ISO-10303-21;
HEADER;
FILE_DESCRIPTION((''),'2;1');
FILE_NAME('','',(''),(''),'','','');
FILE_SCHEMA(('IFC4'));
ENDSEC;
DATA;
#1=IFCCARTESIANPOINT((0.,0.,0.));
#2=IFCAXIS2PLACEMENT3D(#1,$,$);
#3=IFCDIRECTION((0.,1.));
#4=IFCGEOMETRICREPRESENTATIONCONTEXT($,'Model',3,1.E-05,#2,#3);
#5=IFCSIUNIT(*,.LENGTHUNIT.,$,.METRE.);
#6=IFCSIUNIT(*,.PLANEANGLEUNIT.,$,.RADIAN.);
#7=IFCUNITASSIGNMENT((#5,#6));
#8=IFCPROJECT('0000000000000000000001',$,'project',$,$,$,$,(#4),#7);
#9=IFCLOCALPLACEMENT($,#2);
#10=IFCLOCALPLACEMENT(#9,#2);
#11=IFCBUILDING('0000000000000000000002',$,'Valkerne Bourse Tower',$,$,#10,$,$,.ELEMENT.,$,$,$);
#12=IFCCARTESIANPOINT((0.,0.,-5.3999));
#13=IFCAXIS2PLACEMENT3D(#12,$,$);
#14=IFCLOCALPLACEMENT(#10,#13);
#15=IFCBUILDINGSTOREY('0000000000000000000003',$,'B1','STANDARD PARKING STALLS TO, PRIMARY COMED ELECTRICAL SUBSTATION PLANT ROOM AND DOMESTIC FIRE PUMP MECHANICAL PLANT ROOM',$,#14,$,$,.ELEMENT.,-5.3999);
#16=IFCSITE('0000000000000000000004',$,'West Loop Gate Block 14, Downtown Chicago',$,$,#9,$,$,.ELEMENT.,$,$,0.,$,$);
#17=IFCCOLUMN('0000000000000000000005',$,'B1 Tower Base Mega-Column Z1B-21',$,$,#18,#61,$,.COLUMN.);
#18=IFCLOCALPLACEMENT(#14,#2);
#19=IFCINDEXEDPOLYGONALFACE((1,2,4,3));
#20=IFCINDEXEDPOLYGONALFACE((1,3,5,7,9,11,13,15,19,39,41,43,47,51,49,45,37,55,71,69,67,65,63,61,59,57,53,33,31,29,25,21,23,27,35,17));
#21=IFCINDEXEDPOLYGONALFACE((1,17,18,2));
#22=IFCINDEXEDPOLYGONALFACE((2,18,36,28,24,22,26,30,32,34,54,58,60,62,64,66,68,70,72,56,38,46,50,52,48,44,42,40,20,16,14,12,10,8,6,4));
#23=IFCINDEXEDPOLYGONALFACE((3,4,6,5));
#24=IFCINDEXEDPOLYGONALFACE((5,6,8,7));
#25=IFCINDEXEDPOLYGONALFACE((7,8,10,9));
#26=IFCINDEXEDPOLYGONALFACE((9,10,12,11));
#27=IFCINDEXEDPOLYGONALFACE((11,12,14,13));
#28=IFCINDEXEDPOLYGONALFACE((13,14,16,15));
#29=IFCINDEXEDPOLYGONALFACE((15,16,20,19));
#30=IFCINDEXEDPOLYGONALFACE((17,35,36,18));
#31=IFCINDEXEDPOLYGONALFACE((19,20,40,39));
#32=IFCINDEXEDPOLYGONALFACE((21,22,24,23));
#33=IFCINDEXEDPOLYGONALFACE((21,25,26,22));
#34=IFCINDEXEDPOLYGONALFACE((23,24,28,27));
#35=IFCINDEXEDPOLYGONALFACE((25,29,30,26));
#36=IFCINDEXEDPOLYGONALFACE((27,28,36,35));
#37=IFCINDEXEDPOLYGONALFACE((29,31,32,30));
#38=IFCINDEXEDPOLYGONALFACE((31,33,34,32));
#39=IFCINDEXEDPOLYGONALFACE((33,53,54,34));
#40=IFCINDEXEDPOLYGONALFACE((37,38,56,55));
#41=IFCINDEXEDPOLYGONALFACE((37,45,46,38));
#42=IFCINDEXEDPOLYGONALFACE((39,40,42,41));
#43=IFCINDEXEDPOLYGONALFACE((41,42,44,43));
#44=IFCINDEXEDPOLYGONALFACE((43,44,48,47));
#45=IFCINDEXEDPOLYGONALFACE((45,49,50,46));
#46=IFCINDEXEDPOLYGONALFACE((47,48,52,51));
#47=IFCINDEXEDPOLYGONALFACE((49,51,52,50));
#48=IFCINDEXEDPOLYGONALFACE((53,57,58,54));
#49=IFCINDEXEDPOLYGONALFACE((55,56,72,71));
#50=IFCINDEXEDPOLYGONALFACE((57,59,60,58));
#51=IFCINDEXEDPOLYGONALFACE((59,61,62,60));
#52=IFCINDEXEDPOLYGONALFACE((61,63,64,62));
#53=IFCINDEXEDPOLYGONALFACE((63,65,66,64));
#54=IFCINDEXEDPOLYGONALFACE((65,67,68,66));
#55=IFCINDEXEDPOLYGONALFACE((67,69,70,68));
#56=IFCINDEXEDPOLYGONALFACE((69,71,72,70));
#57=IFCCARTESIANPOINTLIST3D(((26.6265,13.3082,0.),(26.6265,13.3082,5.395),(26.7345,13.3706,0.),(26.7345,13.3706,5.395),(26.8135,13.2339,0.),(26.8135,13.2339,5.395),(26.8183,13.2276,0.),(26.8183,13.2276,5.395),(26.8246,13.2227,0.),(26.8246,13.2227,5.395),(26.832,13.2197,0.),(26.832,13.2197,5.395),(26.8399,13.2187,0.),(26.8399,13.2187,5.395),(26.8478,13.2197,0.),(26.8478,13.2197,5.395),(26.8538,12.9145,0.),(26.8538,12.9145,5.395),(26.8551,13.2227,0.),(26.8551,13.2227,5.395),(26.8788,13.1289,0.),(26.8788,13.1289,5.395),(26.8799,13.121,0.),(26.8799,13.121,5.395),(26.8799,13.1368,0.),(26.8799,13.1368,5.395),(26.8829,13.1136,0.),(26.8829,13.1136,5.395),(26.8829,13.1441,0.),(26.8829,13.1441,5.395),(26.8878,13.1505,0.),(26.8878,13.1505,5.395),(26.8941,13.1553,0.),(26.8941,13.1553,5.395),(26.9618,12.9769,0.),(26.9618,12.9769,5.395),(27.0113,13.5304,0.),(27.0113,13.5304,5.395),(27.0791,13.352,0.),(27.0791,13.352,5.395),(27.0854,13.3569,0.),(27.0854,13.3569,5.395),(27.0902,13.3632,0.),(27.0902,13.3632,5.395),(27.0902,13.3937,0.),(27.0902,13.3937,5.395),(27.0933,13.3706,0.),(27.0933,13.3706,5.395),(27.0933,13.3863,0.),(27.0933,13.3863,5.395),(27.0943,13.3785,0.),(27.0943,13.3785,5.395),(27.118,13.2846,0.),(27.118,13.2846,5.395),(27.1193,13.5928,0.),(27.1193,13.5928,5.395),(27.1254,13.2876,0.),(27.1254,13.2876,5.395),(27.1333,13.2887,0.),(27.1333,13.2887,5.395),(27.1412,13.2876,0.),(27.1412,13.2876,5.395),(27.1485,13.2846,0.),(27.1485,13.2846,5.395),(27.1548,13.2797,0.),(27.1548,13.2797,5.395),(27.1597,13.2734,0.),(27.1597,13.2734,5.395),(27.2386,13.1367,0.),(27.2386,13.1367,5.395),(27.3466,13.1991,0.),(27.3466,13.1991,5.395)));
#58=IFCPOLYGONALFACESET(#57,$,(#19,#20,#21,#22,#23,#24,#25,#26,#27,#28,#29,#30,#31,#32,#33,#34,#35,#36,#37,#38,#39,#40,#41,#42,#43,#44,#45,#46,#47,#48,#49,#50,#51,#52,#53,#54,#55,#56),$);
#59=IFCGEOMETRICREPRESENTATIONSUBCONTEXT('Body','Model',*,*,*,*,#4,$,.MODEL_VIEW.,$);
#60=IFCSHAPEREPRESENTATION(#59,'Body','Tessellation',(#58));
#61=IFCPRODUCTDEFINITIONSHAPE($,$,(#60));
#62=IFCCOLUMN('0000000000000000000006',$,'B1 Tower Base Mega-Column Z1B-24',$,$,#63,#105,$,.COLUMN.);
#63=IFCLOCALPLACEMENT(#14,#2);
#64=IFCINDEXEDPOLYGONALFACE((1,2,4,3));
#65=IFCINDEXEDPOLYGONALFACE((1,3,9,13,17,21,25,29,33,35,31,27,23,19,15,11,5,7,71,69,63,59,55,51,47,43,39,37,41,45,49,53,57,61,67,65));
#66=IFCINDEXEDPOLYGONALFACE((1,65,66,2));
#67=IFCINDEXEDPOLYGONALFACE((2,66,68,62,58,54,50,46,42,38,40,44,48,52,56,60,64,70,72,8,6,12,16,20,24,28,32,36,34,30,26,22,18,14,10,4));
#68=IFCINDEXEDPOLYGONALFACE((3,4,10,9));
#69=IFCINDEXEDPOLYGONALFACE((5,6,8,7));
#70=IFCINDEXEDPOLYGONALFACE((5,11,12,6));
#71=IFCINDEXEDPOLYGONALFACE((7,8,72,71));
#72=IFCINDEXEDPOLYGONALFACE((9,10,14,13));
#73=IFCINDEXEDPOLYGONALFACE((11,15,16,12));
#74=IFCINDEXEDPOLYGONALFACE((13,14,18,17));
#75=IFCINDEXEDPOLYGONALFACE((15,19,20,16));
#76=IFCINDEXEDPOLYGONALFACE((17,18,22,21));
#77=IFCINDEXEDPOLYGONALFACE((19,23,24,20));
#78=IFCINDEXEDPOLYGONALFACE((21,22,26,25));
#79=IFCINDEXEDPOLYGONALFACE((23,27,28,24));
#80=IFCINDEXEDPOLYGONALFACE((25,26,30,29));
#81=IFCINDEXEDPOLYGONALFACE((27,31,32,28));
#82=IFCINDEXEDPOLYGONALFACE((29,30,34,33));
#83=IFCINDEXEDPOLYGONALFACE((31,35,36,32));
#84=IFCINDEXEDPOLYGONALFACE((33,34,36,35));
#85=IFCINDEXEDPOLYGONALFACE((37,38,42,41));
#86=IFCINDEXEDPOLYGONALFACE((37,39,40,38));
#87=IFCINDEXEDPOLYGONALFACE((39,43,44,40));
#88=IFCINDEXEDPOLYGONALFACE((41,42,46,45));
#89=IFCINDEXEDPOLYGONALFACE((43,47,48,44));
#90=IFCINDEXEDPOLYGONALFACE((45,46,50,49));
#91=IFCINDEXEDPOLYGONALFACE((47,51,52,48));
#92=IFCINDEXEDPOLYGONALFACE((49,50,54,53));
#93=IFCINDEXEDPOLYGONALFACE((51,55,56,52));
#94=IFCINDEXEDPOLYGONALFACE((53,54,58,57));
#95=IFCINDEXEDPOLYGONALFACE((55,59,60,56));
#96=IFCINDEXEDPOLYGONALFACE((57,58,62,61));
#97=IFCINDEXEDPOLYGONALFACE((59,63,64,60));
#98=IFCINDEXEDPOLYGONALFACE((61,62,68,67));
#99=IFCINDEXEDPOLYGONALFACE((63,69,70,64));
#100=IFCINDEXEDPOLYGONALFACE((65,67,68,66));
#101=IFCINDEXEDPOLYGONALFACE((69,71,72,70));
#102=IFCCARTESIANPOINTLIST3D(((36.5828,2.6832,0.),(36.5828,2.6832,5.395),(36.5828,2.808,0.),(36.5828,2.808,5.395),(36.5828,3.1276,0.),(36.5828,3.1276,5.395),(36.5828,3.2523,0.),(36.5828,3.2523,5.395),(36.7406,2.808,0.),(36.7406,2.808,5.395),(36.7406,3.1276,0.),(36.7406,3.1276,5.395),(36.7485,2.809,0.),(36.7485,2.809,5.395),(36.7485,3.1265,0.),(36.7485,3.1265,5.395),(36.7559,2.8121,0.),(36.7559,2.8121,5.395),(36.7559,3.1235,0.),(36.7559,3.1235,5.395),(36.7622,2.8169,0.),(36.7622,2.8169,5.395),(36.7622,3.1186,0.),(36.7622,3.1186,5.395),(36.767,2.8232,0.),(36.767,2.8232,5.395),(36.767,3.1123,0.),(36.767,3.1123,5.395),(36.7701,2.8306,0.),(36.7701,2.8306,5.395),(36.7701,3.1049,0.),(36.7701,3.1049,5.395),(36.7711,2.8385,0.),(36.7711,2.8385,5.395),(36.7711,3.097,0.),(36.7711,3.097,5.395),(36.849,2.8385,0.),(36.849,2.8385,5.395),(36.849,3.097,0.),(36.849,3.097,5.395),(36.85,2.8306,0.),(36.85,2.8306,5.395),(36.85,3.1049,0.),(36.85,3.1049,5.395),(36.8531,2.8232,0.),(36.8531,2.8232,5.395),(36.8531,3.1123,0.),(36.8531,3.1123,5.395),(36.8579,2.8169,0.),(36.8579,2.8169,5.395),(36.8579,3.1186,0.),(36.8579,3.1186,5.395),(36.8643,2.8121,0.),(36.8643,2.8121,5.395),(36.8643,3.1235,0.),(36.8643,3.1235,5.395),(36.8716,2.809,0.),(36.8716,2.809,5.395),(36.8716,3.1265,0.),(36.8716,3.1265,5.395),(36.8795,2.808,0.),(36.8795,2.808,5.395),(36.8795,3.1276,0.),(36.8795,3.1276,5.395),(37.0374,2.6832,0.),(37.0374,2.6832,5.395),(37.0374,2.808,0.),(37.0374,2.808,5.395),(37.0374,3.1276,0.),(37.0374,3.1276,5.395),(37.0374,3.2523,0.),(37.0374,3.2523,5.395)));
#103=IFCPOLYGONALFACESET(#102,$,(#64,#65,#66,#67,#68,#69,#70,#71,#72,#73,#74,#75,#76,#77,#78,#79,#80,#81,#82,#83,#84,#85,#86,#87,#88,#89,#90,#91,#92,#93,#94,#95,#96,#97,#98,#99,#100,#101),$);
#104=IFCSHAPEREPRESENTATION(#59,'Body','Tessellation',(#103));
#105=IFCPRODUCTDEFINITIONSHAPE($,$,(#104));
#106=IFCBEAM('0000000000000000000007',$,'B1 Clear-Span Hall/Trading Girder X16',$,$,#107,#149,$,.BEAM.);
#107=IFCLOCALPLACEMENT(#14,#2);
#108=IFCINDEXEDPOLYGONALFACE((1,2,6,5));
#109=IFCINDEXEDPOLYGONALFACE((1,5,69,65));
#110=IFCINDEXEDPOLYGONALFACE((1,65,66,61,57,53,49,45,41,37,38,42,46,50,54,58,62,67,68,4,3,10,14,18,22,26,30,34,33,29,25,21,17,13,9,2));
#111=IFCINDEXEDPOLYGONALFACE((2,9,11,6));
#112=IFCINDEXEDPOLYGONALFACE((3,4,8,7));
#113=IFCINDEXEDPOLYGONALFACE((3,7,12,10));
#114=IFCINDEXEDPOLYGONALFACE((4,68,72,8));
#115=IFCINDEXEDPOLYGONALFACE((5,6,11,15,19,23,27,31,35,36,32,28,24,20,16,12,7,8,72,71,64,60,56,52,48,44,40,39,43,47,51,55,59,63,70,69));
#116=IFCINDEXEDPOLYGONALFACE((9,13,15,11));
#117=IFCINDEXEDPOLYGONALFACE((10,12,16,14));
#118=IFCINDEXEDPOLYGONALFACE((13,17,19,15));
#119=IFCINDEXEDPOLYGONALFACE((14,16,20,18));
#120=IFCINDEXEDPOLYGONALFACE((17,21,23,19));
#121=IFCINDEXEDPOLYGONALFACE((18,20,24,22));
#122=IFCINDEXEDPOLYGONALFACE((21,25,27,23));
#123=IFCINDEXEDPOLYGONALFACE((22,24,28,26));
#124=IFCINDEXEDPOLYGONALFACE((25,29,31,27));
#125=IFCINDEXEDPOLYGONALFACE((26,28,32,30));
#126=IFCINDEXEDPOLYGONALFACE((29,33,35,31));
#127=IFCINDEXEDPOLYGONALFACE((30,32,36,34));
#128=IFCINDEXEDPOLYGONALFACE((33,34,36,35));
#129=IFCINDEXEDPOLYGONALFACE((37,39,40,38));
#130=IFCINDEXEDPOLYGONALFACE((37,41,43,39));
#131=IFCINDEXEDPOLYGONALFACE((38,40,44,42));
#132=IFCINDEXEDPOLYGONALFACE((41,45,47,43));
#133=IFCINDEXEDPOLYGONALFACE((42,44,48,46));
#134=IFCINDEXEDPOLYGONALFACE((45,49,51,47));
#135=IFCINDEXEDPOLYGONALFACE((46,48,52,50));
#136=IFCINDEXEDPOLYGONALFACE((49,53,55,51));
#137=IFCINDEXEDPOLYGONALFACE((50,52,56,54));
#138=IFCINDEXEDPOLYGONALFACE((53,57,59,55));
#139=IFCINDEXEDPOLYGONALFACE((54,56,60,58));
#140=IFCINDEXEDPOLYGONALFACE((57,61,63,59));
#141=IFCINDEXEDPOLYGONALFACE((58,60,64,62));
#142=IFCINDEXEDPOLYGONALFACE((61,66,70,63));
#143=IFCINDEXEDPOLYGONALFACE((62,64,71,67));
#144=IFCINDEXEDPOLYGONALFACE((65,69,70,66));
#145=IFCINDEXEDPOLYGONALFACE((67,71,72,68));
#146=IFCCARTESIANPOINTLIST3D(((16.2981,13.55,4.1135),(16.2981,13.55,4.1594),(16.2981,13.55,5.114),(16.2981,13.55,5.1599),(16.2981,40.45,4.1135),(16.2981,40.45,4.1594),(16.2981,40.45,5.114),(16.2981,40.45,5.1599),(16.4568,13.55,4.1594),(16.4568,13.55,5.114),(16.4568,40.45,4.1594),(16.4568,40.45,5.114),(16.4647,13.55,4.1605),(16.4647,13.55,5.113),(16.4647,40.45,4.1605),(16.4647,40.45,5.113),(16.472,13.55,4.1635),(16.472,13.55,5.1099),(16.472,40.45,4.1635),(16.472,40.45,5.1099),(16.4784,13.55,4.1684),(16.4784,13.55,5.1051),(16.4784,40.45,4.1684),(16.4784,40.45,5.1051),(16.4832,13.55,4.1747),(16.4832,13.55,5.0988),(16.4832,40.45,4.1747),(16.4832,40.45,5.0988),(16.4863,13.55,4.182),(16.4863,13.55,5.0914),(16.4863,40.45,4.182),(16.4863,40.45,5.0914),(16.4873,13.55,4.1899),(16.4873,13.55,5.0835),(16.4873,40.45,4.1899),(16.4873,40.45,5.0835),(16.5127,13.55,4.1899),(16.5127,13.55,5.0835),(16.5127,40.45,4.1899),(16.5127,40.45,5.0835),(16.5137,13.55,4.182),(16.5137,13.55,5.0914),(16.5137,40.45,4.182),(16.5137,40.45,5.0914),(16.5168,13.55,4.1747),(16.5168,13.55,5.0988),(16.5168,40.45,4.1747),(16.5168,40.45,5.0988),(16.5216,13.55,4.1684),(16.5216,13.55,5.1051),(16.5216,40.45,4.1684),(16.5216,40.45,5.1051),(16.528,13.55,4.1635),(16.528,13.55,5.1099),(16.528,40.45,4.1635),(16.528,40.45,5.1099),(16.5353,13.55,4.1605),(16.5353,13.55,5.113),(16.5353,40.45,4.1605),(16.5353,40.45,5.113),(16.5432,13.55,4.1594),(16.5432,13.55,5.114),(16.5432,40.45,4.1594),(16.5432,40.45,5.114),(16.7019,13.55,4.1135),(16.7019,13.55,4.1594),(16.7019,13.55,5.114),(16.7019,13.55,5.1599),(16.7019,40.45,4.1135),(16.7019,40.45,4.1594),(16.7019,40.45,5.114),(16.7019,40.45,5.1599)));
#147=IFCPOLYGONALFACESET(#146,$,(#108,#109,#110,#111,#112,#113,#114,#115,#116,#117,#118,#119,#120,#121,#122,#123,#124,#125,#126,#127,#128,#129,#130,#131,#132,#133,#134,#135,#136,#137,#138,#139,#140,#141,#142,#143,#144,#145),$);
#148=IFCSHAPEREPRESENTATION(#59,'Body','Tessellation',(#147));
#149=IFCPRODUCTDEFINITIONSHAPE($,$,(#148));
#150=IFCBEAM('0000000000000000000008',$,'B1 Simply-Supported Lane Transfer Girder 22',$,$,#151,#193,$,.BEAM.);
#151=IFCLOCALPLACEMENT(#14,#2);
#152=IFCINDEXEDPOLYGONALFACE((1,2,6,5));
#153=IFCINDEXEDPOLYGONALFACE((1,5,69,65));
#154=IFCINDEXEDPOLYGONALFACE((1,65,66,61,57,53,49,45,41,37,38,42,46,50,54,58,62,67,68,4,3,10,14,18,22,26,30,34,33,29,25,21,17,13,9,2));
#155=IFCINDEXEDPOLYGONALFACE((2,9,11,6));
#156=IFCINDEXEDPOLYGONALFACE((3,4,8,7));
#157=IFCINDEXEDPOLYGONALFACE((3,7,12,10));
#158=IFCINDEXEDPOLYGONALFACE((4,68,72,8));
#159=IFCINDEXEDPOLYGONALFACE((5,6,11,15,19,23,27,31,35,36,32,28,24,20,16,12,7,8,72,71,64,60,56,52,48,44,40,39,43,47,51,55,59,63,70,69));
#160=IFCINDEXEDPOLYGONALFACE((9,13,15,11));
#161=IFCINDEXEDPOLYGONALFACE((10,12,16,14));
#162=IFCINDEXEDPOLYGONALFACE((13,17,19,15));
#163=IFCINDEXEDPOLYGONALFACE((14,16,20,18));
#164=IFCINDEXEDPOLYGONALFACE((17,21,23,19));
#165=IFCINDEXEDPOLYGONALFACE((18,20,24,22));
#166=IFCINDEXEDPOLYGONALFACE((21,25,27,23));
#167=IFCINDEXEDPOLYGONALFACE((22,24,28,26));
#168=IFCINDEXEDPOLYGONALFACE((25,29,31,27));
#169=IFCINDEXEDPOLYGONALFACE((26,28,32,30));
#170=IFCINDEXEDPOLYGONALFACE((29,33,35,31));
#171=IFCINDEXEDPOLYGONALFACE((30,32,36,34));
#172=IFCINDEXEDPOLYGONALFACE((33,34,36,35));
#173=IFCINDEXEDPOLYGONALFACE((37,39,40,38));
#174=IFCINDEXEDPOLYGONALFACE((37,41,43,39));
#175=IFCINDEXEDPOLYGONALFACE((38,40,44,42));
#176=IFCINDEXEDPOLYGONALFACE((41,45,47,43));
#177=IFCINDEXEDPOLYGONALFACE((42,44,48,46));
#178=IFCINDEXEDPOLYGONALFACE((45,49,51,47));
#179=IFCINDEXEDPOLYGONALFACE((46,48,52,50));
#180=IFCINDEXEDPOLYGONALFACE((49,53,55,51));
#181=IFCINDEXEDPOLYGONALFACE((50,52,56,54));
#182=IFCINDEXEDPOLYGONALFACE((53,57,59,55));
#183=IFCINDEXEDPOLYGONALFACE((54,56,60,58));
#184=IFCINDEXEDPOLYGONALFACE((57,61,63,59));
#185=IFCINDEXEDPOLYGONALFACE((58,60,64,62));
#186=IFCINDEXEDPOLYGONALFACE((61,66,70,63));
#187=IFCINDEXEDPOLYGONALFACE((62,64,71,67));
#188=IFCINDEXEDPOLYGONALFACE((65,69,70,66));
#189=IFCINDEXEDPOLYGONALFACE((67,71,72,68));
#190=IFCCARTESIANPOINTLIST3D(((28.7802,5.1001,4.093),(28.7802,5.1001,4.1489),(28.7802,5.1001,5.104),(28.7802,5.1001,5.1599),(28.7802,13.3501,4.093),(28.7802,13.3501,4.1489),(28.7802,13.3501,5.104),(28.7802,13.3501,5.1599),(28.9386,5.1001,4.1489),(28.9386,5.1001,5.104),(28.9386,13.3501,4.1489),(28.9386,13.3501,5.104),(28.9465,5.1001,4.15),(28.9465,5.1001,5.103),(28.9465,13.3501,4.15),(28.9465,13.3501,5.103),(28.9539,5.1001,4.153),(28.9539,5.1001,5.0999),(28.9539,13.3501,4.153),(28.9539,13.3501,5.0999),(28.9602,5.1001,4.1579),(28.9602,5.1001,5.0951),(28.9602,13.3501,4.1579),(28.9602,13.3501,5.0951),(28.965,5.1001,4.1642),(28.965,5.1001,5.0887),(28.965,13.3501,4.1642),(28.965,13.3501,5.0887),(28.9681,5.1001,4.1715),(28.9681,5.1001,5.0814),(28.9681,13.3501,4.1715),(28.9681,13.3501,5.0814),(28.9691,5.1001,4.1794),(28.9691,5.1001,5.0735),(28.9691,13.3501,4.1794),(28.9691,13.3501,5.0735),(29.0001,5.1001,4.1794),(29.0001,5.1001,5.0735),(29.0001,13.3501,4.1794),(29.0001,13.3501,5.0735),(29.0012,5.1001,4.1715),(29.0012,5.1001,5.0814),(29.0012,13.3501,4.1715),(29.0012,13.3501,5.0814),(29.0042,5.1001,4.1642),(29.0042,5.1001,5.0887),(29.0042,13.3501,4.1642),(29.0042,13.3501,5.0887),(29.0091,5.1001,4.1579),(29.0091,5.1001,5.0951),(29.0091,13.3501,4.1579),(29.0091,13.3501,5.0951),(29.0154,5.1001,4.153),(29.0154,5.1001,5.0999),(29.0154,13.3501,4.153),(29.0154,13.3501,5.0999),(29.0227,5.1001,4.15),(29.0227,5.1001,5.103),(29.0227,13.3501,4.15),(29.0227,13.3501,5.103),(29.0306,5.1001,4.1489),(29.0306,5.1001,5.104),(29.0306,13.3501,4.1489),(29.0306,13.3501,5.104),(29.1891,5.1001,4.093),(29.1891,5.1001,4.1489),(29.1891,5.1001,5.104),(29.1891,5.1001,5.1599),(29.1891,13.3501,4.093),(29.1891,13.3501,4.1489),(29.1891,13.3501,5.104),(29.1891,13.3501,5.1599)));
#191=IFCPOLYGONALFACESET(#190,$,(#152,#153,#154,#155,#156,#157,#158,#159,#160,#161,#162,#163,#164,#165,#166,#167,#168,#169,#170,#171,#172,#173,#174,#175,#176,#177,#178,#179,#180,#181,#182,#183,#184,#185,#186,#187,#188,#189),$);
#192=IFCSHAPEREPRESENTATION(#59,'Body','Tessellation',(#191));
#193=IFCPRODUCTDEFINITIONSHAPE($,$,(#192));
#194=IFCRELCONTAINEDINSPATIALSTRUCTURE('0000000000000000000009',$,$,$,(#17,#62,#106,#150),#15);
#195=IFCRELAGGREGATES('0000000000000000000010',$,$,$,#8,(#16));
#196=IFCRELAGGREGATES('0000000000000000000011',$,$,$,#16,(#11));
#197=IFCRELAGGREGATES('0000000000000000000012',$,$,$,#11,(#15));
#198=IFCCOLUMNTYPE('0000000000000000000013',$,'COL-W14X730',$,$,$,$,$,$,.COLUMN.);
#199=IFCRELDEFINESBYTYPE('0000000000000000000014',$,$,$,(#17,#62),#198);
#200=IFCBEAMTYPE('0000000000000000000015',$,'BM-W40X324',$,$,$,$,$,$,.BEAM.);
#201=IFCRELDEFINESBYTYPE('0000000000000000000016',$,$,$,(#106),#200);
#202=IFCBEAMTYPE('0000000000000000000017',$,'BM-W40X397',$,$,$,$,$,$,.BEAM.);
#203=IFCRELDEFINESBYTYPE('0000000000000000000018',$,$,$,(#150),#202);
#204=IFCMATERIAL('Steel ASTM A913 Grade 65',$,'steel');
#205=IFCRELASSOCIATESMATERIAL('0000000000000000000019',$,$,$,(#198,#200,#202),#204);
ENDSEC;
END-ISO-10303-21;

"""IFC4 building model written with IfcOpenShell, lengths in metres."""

from ifc_helpers import new_model, si_unit, direction, frame, origin, origin_2d, place, context, subcontext, project, spatial, i_section, extrude, material, material_profile, profile_set, type_object, element, save


model = new_model("IFC4")

# Units and contexts
model_context = context("Model", 3, precision=1e-05, world=origin(), true_north=direction((0.0, 1.0)))
body_context = subcontext(model_context, "Body", "Model", "MODEL_VIEW")
ifc_project = project(units=[si_unit("LENGTHUNIT", "METRE"), si_unit("PLANEANGLEUNIT", "RADIAN")], contexts=[model_context])

# Site, building, storey
site_placement = place(None, origin())
site = spatial("IfcSite", under=ifc_project, at=site_placement, Name="West Loop Gate Block 14, Downtown Chicago", CompositionType="ELEMENT", RefElevation=0.0)
building_placement = place(site_placement, origin())
building = spatial("IfcBuilding", under=site, at=building_placement, Name="Valkerne Bourse Tower", CompositionType="ELEMENT")
storey_placement = place(building_placement, frame((0.0, 0.0, -5.3999)))
storey = spatial("IfcBuildingStorey", under=building, at=storey_placement, Name="B1", Description="STANDARD PARKING STALLS TO, PRIMARY COMED ELECTRICAL SUBSTATION PLANT ROOM AND DOMESTIC FIRE PUMP MECHANICAL PLANT ROOM", CompositionType="ELEMENT", Elevation=-5.3999)

# Columns
ifc_material_1 = material(Name="Steel ASTM A913 Grade 65", Category="steel")
ifc_material_profile_1 = material_profile(ifc_material_1, i_section(OverallWidth=0.4546, OverallDepth=0.5691, WebThickness=0.0779, FlangeThickness=0.1248, FilletRadius=0.0305, at=origin_2d()), Name="W14X730")
ifc_profile_set_1 = profile_set([ifc_material_profile_1], Name="Steel ASTM A913 Grade 65")
column_type_1 = type_object("IfcColumnType", Name="COL-W14X730", PredefinedType="COLUMN", material=ifc_profile_set_1)
for number, where, z_axis, x_axis, name in (
    (1, (26.9866, 13.2537, 0.0), (0.0, 0.0, 1.0), (0.5, -0.866025, 0.0), "B1 Tower Base Mega-Column Z1B-21"),
    (2, (36.8101, 2.9678, 0.0), (0.0, 0.0, 1.0), (1.0, 0.0, 0.0), "B1 Tower Base Mega-Column Z1B-24"),
):
    element("IfcColumn", number, at=place(storey_placement, frame(where, z_axis=z_axis, x_axis=x_axis)), inside=storey, type_object=column_type_1, Name=name, PredefinedType="COLUMN", context=body_context, shape_type="SweptSolid", body=[
        extrude(i_section(OverallWidth=0.4546, OverallDepth=0.5691, WebThickness=0.0779, FlangeThickness=0.1248, FilletRadius=0.0305, at=origin_2d()), origin(), (0.0, 0.0, 1.0), 5.395),
    ])

# Beams
ifc_material_profile_2 = material_profile(ifc_material_1, i_section(OverallWidth=0.4038, OverallDepth=1.0464, WebThickness=0.0254, FlangeThickness=0.0459, FilletRadius=0.0305, at=origin_2d()), Name="W40X324")
ifc_profile_set_2 = profile_set([ifc_material_profile_2], Name="Steel ASTM A913 Grade 65")
beam_type_1 = type_object("IfcBeamType", Name="BM-W40X324", PredefinedType="BEAM", material=ifc_profile_set_2)
beam_placement = place(storey_placement, frame((16.5, 13.55, 4.6367), z_axis=(0.0, 1.0, 0.0), x_axis=(-1.0, 0.0, 0.0)))
element("IfcBeam", 3, at=beam_placement, inside=storey, type_object=beam_type_1, Name="B1 Clear-Span Hall/Trading Girder X16", PredefinedType="BEAM", context=body_context, shape_type="SweptSolid", body=[
    extrude(i_section(OverallWidth=0.4038, OverallDepth=1.0464, WebThickness=0.0254, FlangeThickness=0.0459, FilletRadius=0.0305, at=origin_2d()), origin(), (0.0, 0.0, 1.0), 26.8999),
])
ifc_material_profile_3 = material_profile(ifc_material_1, i_section(OverallWidth=0.4089, OverallDepth=1.0669, WebThickness=0.031, FlangeThickness=0.0559, FilletRadius=0.0305, at=origin_2d()), Name="W40X397")
ifc_profile_set_3 = profile_set([ifc_material_profile_3], Name="Steel ASTM A913 Grade 65")
beam_type_2 = type_object("IfcBeamType", Name="BM-W40X397", PredefinedType="BEAM", material=ifc_profile_set_3)
for number, where, z_axis, x_axis, name in (
    (4, (28.9846, 5.1001, 4.6265), (0.0, 1.0, 0.0), (-1.0, 0.0, 0.0), "B1 Simply-Supported Lane Transfer Girder 22"),
):
    element("IfcBeam", number, at=place(storey_placement, frame(where, z_axis=z_axis, x_axis=x_axis)), inside=storey, type_object=beam_type_2, Name=name, PredefinedType="BEAM", context=body_context, shape_type="SweptSolid", body=[
        extrude(i_section(OverallWidth=0.4089, OverallDepth=1.0669, WebThickness=0.031, FlangeThickness=0.0559, FilletRadius=0.0305, at=origin_2d()), origin(), (0.0, 0.0, 1.0), 8.25),
    ])

save(model, "model.ifc")
